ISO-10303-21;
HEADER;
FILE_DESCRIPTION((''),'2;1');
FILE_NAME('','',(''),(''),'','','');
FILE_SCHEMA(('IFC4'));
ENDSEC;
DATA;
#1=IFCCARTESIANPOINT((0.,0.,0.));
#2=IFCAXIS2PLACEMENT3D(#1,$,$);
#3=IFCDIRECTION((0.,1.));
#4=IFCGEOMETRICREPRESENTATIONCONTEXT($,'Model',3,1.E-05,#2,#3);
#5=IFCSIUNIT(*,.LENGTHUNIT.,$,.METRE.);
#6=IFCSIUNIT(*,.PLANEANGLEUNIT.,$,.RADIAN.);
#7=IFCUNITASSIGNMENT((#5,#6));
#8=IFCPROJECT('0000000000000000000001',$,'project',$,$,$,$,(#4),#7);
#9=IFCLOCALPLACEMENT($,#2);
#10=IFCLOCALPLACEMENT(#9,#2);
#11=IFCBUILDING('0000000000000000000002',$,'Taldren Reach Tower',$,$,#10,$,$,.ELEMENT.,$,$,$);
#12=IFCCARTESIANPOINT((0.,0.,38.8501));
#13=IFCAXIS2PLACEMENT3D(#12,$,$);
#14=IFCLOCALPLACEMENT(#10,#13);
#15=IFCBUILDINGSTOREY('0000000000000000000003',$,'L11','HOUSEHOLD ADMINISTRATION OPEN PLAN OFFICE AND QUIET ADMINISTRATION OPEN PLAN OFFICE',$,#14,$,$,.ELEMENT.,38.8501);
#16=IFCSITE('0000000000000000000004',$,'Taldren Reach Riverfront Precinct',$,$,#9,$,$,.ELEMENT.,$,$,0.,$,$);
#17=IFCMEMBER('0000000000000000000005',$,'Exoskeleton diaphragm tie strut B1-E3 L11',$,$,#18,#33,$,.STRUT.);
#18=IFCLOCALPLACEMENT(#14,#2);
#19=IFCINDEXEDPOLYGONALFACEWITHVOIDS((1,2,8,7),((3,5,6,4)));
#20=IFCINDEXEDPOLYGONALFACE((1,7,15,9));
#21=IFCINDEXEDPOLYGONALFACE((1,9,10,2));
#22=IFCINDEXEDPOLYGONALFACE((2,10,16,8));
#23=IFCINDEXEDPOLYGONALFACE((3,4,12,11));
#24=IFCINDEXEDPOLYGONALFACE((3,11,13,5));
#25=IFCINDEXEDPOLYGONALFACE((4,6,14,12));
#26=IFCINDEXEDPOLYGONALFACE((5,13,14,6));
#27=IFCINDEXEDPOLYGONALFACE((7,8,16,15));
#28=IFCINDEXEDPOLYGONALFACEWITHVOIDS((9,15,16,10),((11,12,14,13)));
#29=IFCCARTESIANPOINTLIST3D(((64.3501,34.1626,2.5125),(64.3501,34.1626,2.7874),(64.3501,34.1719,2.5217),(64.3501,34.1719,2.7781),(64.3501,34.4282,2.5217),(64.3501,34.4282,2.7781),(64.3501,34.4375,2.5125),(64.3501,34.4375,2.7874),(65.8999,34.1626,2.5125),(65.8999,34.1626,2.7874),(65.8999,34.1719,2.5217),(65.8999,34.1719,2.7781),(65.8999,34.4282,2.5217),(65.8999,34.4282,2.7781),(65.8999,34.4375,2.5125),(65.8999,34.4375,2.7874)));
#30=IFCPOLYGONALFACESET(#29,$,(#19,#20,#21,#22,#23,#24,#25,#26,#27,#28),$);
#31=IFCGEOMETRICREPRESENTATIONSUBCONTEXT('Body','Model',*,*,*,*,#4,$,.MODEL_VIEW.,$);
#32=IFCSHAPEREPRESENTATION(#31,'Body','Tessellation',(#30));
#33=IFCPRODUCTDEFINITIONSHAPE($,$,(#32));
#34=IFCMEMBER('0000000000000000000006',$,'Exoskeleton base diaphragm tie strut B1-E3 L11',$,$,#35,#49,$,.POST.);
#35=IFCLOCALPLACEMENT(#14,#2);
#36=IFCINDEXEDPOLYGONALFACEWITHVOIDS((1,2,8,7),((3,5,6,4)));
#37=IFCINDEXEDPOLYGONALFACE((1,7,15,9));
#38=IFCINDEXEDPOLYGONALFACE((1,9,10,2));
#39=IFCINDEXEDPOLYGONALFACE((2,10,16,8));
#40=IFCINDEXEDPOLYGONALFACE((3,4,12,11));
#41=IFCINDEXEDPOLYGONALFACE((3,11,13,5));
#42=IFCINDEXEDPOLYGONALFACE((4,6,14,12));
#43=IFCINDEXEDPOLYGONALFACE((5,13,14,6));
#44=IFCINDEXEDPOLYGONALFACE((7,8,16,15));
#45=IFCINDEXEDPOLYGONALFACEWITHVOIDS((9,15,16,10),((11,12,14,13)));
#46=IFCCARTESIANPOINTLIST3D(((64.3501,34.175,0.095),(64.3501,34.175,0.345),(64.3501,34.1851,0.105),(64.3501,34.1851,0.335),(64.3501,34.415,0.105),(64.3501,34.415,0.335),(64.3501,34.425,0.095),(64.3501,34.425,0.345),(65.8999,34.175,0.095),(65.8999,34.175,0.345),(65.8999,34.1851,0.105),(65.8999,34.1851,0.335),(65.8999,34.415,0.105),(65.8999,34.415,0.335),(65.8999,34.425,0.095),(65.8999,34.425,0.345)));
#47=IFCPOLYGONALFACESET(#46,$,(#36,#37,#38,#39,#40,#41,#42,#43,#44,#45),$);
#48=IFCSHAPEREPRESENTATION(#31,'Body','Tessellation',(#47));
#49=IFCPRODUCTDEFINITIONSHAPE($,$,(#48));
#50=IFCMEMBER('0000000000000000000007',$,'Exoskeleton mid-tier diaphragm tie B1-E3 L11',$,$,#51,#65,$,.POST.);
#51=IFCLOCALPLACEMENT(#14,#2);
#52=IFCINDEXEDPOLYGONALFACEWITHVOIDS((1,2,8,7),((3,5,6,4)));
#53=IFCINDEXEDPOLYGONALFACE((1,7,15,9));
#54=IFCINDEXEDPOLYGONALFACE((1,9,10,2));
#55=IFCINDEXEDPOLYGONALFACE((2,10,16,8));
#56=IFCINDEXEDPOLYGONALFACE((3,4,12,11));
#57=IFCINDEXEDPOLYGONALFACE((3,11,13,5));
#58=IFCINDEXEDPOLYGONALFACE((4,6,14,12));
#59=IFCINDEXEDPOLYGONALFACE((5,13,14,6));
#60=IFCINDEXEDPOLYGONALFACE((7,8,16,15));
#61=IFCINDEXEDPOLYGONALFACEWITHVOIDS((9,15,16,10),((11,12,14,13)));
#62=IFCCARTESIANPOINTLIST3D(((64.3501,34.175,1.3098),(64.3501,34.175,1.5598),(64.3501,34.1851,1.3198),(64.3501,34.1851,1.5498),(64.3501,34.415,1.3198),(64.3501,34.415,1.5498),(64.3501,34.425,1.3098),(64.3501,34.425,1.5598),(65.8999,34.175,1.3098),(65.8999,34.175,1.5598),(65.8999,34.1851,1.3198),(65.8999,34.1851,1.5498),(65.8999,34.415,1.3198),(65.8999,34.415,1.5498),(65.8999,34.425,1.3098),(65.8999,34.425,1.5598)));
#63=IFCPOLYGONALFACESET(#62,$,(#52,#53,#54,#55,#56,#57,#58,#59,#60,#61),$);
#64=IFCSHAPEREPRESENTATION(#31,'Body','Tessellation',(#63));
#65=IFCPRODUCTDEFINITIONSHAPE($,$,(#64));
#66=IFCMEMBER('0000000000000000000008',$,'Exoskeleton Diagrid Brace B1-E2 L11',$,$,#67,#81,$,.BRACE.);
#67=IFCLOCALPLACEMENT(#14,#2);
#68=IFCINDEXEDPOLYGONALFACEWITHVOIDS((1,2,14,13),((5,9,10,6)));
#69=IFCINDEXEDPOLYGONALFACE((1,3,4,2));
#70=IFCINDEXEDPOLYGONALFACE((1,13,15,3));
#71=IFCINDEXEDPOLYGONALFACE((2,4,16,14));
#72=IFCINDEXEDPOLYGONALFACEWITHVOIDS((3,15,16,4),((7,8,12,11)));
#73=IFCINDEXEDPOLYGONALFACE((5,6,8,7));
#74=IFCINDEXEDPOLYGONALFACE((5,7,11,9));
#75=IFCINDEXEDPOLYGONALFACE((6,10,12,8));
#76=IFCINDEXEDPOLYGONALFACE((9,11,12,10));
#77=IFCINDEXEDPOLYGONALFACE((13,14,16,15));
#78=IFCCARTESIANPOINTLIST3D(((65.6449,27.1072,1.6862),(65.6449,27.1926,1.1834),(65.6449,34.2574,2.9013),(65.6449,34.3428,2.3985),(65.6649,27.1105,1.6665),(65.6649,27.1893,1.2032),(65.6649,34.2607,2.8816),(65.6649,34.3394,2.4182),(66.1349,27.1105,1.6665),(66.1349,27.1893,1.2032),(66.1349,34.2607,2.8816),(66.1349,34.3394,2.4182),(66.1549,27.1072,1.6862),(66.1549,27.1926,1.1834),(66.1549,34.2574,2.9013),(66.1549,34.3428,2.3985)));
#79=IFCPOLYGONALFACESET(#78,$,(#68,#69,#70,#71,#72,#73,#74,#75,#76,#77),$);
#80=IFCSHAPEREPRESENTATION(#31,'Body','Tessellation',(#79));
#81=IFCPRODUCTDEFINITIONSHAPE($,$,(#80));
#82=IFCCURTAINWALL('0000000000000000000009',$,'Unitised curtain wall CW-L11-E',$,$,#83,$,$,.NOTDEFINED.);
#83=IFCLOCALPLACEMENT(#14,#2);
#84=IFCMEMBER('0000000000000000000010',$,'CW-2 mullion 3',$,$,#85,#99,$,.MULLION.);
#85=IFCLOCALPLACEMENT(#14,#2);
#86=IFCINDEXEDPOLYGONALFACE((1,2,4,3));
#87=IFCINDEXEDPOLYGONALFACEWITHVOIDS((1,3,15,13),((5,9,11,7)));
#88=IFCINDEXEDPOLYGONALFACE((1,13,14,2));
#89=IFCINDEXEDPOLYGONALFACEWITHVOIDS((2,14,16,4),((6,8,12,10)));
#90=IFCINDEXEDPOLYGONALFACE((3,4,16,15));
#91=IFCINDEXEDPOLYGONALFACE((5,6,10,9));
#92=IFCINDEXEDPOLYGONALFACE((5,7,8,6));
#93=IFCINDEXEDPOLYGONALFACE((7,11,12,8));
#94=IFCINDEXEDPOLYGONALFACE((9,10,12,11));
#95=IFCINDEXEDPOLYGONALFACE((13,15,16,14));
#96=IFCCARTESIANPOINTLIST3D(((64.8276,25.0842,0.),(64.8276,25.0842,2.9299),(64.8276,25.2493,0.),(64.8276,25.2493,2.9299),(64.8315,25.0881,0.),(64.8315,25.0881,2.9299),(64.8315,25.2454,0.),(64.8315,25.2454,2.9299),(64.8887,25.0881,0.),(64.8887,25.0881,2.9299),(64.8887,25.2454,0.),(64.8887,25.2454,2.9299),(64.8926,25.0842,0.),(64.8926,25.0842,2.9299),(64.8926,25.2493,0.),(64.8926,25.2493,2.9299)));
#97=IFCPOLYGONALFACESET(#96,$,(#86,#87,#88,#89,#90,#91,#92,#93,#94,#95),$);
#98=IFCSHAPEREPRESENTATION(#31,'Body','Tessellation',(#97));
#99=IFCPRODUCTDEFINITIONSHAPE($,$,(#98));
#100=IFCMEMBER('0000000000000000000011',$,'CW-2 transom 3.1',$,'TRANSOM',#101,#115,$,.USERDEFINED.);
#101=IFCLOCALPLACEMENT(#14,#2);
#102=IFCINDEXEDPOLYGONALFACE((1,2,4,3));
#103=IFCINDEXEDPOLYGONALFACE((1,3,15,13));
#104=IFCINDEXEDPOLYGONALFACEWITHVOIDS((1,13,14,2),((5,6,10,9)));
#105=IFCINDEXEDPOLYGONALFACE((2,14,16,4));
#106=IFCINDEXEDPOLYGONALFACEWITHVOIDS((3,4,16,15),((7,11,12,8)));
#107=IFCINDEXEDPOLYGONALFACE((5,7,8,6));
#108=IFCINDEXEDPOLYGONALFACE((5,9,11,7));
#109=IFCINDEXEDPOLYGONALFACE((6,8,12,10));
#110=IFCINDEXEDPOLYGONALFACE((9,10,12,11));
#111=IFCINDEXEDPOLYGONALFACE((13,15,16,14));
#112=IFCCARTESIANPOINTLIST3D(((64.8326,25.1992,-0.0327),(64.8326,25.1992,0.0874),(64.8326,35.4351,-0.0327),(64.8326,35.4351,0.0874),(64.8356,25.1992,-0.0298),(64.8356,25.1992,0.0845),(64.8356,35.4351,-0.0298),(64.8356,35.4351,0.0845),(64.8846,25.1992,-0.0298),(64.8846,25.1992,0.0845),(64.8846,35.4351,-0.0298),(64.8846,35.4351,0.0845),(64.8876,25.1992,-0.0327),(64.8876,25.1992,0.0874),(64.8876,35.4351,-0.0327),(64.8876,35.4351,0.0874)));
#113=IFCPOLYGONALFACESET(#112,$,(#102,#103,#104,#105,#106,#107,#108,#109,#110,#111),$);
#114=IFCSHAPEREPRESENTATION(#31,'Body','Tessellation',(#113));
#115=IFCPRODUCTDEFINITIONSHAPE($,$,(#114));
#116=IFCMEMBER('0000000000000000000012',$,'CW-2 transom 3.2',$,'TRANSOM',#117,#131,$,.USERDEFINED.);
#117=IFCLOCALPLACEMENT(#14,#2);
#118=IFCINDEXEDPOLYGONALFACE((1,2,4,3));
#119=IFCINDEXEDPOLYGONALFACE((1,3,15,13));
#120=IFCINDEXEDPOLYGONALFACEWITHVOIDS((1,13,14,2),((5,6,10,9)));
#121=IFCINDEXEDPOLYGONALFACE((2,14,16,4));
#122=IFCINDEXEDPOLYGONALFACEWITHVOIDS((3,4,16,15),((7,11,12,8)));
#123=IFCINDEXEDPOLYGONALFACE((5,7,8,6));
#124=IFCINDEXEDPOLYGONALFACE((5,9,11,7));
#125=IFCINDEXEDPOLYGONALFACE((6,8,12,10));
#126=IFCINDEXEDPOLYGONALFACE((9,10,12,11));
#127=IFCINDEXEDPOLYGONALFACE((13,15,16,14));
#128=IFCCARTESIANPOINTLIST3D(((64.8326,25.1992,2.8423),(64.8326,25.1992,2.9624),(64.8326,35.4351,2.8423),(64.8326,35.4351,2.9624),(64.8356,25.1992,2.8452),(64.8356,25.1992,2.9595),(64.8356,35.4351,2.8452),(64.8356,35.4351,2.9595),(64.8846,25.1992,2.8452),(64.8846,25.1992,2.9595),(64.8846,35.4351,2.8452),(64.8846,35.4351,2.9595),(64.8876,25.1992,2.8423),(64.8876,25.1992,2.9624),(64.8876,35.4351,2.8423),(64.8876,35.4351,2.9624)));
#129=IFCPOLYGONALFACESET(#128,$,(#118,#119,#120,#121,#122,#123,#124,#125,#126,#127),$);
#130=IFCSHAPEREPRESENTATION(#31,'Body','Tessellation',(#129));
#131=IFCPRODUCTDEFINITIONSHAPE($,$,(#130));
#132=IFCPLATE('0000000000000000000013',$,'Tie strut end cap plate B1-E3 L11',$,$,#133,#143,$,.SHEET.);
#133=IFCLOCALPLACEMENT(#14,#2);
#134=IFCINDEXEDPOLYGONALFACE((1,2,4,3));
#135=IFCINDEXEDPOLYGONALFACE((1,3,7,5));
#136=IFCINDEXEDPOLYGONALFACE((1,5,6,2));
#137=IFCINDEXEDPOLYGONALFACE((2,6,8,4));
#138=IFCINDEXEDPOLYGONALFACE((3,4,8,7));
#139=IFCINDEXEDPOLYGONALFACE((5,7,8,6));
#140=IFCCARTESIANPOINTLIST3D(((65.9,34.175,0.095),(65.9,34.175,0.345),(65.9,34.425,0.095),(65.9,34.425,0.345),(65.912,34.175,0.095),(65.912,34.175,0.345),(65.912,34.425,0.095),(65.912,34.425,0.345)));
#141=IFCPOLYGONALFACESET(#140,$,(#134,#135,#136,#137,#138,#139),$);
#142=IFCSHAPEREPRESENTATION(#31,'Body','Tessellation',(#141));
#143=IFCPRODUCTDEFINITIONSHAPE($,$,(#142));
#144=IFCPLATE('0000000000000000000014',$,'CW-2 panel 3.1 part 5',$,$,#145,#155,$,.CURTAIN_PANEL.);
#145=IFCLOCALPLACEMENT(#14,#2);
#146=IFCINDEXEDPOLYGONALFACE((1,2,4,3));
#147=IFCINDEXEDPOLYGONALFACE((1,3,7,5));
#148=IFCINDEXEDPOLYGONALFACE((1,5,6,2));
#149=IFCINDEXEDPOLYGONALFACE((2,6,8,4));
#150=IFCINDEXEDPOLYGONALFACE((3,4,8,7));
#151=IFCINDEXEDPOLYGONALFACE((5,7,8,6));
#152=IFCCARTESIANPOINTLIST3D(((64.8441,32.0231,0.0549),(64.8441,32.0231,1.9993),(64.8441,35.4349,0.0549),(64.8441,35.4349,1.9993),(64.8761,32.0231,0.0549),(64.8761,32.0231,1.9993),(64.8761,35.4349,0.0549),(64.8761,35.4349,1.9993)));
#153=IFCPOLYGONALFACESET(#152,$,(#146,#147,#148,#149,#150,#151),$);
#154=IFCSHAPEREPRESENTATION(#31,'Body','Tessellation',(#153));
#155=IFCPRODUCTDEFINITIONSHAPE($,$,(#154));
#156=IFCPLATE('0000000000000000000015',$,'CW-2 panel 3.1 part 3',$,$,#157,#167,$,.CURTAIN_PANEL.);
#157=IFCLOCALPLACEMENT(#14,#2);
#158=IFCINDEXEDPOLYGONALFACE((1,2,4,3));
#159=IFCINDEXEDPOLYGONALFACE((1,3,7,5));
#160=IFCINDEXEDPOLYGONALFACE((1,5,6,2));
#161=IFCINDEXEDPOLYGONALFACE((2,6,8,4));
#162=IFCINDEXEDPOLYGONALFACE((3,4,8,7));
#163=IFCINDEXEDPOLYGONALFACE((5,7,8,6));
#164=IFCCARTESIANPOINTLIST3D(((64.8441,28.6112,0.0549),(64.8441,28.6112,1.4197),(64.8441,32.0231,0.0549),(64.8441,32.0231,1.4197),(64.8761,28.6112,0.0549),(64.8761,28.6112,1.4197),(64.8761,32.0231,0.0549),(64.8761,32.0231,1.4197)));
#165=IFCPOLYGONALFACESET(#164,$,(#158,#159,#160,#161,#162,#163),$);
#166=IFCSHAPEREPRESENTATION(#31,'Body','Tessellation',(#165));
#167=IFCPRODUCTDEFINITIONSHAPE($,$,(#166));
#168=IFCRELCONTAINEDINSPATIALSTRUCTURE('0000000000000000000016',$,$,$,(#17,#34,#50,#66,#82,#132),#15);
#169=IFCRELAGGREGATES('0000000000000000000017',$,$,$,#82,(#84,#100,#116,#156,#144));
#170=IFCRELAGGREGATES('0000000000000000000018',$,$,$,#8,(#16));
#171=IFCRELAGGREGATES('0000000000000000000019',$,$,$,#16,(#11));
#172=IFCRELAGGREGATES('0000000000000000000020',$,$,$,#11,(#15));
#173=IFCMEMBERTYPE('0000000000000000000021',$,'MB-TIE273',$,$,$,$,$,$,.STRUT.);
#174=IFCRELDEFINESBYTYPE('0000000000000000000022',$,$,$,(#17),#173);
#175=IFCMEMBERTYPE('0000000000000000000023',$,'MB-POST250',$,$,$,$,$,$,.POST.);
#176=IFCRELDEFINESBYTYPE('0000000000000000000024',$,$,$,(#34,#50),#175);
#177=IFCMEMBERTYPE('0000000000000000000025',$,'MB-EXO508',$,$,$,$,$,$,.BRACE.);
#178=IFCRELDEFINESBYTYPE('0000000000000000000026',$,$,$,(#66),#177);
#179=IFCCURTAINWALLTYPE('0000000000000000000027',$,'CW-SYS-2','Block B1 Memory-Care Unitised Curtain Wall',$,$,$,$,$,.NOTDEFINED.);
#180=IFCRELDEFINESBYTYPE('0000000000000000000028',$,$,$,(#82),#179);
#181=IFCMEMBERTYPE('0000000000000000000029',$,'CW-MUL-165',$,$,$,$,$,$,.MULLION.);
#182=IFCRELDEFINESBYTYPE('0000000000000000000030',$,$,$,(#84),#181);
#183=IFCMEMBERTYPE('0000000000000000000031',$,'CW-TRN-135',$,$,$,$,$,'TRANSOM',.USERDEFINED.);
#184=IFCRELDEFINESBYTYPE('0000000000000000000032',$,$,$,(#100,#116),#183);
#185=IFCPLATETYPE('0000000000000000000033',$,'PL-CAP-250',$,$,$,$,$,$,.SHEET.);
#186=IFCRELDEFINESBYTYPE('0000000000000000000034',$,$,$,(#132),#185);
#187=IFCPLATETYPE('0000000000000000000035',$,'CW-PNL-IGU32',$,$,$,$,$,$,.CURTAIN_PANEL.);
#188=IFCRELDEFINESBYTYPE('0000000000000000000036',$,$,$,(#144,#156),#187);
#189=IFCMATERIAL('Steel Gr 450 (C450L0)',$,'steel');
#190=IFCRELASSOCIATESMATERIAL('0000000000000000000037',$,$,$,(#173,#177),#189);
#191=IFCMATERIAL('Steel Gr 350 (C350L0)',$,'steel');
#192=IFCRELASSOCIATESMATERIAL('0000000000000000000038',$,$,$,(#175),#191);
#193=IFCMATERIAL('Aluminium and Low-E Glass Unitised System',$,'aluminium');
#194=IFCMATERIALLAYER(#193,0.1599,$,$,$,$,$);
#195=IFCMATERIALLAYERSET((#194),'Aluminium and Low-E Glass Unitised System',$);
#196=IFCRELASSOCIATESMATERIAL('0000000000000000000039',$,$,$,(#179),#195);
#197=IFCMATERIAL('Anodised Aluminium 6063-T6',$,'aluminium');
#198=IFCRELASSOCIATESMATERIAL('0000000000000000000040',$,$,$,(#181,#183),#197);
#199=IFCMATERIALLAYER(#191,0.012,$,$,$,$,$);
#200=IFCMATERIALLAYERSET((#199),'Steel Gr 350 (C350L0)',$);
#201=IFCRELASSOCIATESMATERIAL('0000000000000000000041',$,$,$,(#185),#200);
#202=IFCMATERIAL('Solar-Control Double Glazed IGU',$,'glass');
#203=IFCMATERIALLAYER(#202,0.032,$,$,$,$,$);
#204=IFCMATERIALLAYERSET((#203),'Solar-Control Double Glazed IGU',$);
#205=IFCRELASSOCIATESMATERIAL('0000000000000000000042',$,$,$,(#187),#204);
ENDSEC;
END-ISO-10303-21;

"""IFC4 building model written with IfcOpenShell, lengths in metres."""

from ifc_helpers import new_model, si_unit, direction, frame, origin, origin_2d, place, context, subcontext, project, spatial, rectangle, hollow_rectangle, extrude, source, transform, mapped, material, layer, layer_set, material_profile, profile_set, type_object, element, aggregate, save


model = new_model("IFC4")

# Units and contexts
model_context = context("Model", 3, precision=1e-05, world=origin(), true_north=direction((0.0, 1.0)))
body_context = subcontext(model_context, "Body", "Model", "MODEL_VIEW")
ifc_project = project(units=[si_unit("LENGTHUNIT", "METRE"), si_unit("PLANEANGLEUNIT", "RADIAN")], contexts=[model_context])

# Site, building, storey
site_placement = place(None, origin())
site = spatial("IfcSite", under=ifc_project, at=site_placement, Name="Taldren Reach Riverfront Precinct", CompositionType="ELEMENT", RefElevation=0.0)
building_placement = place(site_placement, origin())
building = spatial("IfcBuilding", under=site, at=building_placement, Name="Taldren Reach Tower", CompositionType="ELEMENT")
storey_placement = place(building_placement, frame((0.0, 0.0, 38.8501)))
storey = spatial("IfcBuildingStorey", under=building, at=storey_placement, Name="L11", Description="HOUSEHOLD ADMINISTRATION OPEN PLAN OFFICE AND QUIET ADMINISTRATION OPEN PLAN OFFICE", CompositionType="ELEMENT", Elevation=38.8501)

# Members
ifc_material_1 = material(Name="Steel Gr 450 (C450L0)", Category="steel")
ifc_material_profile_1 = material_profile(ifc_material_1, hollow_rectangle(XDim=0.2749, YDim=0.2749, WallThickness=0.0093, at=origin_2d()), Name="275x275x9.3SHS")
ifc_profile_set_1 = profile_set([ifc_material_profile_1], Name="Steel Gr 450 (C450L0)")
member_type_1 = type_object("IfcMemberType", Name="MB-TIE273", PredefinedType="STRUT", material=ifc_profile_set_1)
shared_shape_1 = source(origin(), body_context, "Body", "SweptSolid", [
    extrude(hollow_rectangle(XDim=0.2749, YDim=0.2749, WallThickness=0.0093, at=origin_2d()), origin(), (0.0, 0.0, 1.0), 1.5498),
])
member_1_placement = place(storey_placement, frame((64.3501, 34.3, 2.6499), z_axis=(1.0, 0.0, 0.0), x_axis=(0.0, 1.0, 0.0)))
element("IfcMember", 1, at=member_1_placement, inside=storey, type_object=member_type_1, Name="Exoskeleton diaphragm tie strut B1-E3 L11", PredefinedType="STRUT", context=body_context, shape_type="MappedRepresentation", body=[
    mapped(shared_shape_1, transform((0.0, 0.0, 0.0), scale=1.0)),
])
ifc_material_2 = material(Name="Steel Gr 350 (C350L0)", Category="steel")
ifc_material_profile_2 = material_profile(ifc_material_2, hollow_rectangle(XDim=0.25, YDim=0.25, WallThickness=0.01, at=origin_2d()), Name="250x250x10.0SHS")
ifc_profile_set_2 = profile_set([ifc_material_profile_2], Name="Steel Gr 350 (C350L0)")
member_type_2 = type_object("IfcMemberType", Name="MB-POST250", PredefinedType="POST", material=ifc_profile_set_2)
shared_shape_2 = source(origin(), body_context, "Body", "SweptSolid", [
    extrude(hollow_rectangle(XDim=0.25, YDim=0.25, WallThickness=0.01, at=origin_2d()), origin(), (0.0, 0.0, 1.0), 1.5498),
])
for number, where, z_axis, x_axis, name in (
    (2, (64.3501, 34.3, 0.22), (1.0, 0.0, 0.0), (0.0, 1.0, 0.0), "Exoskeleton base diaphragm tie strut B1-E3 L11"),
    (3, (64.3501, 34.3, 1.4348), (1.0, 0.0, 0.0), (0.0, 1.0, 0.0), "Exoskeleton mid-tier diaphragm tie B1-E3 L11"),
):
    element("IfcMember", number, at=place(storey_placement, frame(where, z_axis=z_axis, x_axis=x_axis)), inside=storey, type_object=member_type_2, Name=name, PredefinedType="POST", context=body_context, shape_type="MappedRepresentation", body=[
        mapped(shared_shape_2, transform((0.0, 0.0, 0.0), scale=1.0)),
    ])
ifc_material_profile_3 = material_profile(ifc_material_1, hollow_rectangle(XDim=0.51, YDim=0.51, WallThickness=0.02, at=origin_2d()), Name="510x510x20.0SHS")
ifc_profile_set_3 = profile_set([ifc_material_profile_3], Name="Steel Gr 450 (C450L0)")
member_type_3 = type_object("IfcMemberType", Name="MB-EXO508", PredefinedType="BRACE", material=ifc_profile_set_3)
shared_shape_3 = source(origin(), body_context, "Body", "SweptSolid", [
    extrude(hollow_rectangle(XDim=0.51, YDim=0.51, WallThickness=0.02, at=origin_2d()), origin(), (0.0, 0.0, 1.0), 7.2527),
])
member_2_placement = place(storey_placement, frame((65.8999, 27.1499, 1.4348), z_axis=(0.0, 0.985866, 0.167537), x_axis=(-1.0, 0.0, 0.0)))
element("IfcMember", 4, at=member_2_placement, inside=storey, type_object=member_type_3, Name="Exoskeleton Diagrid Brace B1-E2 L11", PredefinedType="BRACE", context=body_context, shape_type="MappedRepresentation", body=[
    mapped(shared_shape_3, transform((0.0, 0.0, 0.0), scale=1.0)),
])

# Curtain wall, members
ifc_material_3 = material(Name="Aluminium and Low-E Glass Unitised System", Category="aluminium")
ifc_layer_1 = layer(ifc_material_3, 0.1599)
ifc_layer_set_1 = layer_set([ifc_layer_1], Name="Aluminium and Low-E Glass Unitised System")
curtain_wall_type = type_object("IfcCurtainWallType", Name="CW-SYS-2", Description="Block B1 Memory-Care Unitised Curtain Wall", PredefinedType="NOTDEFINED", material=ifc_layer_set_1)
curtain_wall_placement = place(storey_placement, origin())
curtain_wall = element("IfcCurtainWall", 5, at=curtain_wall_placement, inside=storey, type_object=curtain_wall_type, Name="Unitised curtain wall CW-L11-E", PredefinedType="NOTDEFINED")
ifc_material_4 = material(Name="Anodised Aluminium 6063-T6", Category="aluminium")
ifc_material_profile_4 = material_profile(ifc_material_4, hollow_rectangle(XDim=0.0649, YDim=0.165, WallThickness=0.0039, at=origin_2d()), Name="ALU-165x65x4RHS")
ifc_profile_set_4 = profile_set([ifc_material_profile_4], Name="Anodised Aluminium 6063-T6")
member_type_4 = type_object("IfcMemberType", Name="CW-MUL-165", PredefinedType="MULLION", material=ifc_profile_set_4)
shared_shape_4 = source(origin(), body_context, "Body", "SweptSolid", [
    extrude(hollow_rectangle(XDim=0.0649, YDim=0.165, WallThickness=0.0039, at=origin_2d()), origin(), (0.0, 0.0, 1.0), 2.9299),
])
member_3_placement = place(storey_placement, frame((64.8601, 25.1667, 0.0), z_axis=(0.0, 0.0, 1.0), x_axis=(-1.0, 0.0, 0.0)))
member_3 = element("IfcMember", 6, at=member_3_placement, type_object=member_type_4, Name="CW-2 mullion 3", PredefinedType="MULLION", context=body_context, shape_type="MappedRepresentation", body=[
    mapped(shared_shape_4, transform((0.0, 0.0, 0.0), scale=1.0)),
])
ifc_material_profile_5 = material_profile(ifc_material_4, hollow_rectangle(XDim=0.0549, YDim=0.1201, WallThickness=0.0029, at=origin_2d()), Name="ALU-120x55x3RHS")
ifc_profile_set_5 = profile_set([ifc_material_profile_5], Name="Anodised Aluminium 6063-T6")
member_type_5 = type_object("IfcMemberType", Name="CW-TRN-135", ElementType="TRANSOM", PredefinedType="USERDEFINED", material=ifc_profile_set_5)
shared_shape_5 = source(origin(), body_context, "Body", "SweptSolid", [
    extrude(hollow_rectangle(XDim=0.0549, YDim=0.1201, WallThickness=0.0029, at=origin_2d()), origin(), (0.0, 0.0, 1.0), 10.2358),
])
member_4_placement = place(storey_placement, frame((64.8601, 25.1992, 0.0273), z_axis=(0.0, 1.0, 0.0), x_axis=(-1.0, 0.0, 0.0)))
member_4 = element("IfcMember", 7, at=member_4_placement, type_object=member_type_5, Name="CW-2 transom 3.1", ObjectType="TRANSOM", PredefinedType="USERDEFINED", context=body_context, shape_type="MappedRepresentation", body=[
    mapped(shared_shape_5, transform((0.0, 0.0, 0.0), scale=1.0)),
])
member_5_placement = place(storey_placement, frame((64.8601, 25.1992, 2.9023), z_axis=(0.0, 1.0, 0.0), x_axis=(-1.0, 0.0, 0.0)))
member_5 = element("IfcMember", 8, at=member_5_placement, type_object=member_type_5, Name="CW-2 transom 3.2", ObjectType="TRANSOM", PredefinedType="USERDEFINED", context=body_context, shape_type="MappedRepresentation", body=[
    mapped(shared_shape_5, transform((0.0, 0.0, 0.0), scale=1.0)),
])

# Plates
ifc_layer_2 = layer(ifc_material_2, 0.012)
ifc_layer_set_2 = layer_set([ifc_layer_2], Name="Steel Gr 350 (C350L0)")
plate_type_1 = type_object("IfcPlateType", Name="PL-CAP-250", PredefinedType="SHEET", material=ifc_layer_set_2)
shared_shape_6 = source(origin(), body_context, "Body", "SweptSolid", [
    extrude(rectangle(XDim=0.012, YDim=0.25, at=origin_2d()), origin(), (0.0, 0.0, 1.0), 0.25),
])
plate_1_placement = place(storey_placement, frame((65.906, 34.3, 0.095), z_axis=(0.0, 0.0, 1.0), x_axis=(1.0, 0.0, 0.0)))
element("IfcPlate", 9, at=plate_1_placement, inside=storey, type_object=plate_type_1, Name="Tie strut end cap plate B1-E3 L11", PredefinedType="SHEET", context=body_context, shape_type="MappedRepresentation", body=[
    mapped(shared_shape_6, transform((0.0, 0.0, 0.0), scale=1.0)),
])
ifc_material_5 = material(Name="Solar-Control Double Glazed IGU", Category="glass")
ifc_layer_3 = layer(ifc_material_5, 0.032)
ifc_layer_set_3 = layer_set([ifc_layer_3], Name="Solar-Control Double Glazed IGU")
plate_type_2 = type_object("IfcPlateType", Name="CW-PNL-IGU32", PredefinedType="CURTAIN_PANEL", material=ifc_layer_set_3)
shared_shape_7 = source(origin(), body_context, "Body", "SweptSolid", [
    extrude(rectangle(XDim=3.4119, YDim=0.032, at=origin_2d()), origin(), (0.0, 0.0, 1.0), 1.9443),
])
plate_2_placement = place(storey_placement, frame((64.8601, 33.729, 0.0549), z_axis=(0.0, 0.0, 1.0), x_axis=(0.0, 1.0, 0.0)))
plate_2 = element("IfcPlate", 10, at=plate_2_placement, type_object=plate_type_2, Name="CW-2 panel 3.1 part 5", PredefinedType="CURTAIN_PANEL", context=body_context, shape_type="MappedRepresentation", body=[
    mapped(shared_shape_7, transform((0.0, 0.0, 0.0), scale=1.0)),
])
shared_shape_8 = source(origin(), body_context, "Body", "SweptSolid", [
    extrude(rectangle(XDim=3.4119, YDim=0.032, at=origin_2d()), origin(), (0.0, 0.0, 1.0), 1.3647),
])
plate_3_placement = place(storey_placement, frame((64.8601, 30.3171, 0.0549), z_axis=(0.0, 0.0, 1.0), x_axis=(0.0, 1.0, 0.0)))
plate_3 = element("IfcPlate", 11, at=plate_3_placement, type_object=plate_type_2, Name="CW-2 panel 3.1 part 3", PredefinedType="CURTAIN_PANEL", context=body_context, shape_type="MappedRepresentation", body=[
    mapped(shared_shape_8, transform((0.0, 0.0, 0.0), scale=1.0)),
])
aggregate(curtain_wall, [member_3, member_4, member_5, plate_3, plate_2])

save(model, "model.ifc")
